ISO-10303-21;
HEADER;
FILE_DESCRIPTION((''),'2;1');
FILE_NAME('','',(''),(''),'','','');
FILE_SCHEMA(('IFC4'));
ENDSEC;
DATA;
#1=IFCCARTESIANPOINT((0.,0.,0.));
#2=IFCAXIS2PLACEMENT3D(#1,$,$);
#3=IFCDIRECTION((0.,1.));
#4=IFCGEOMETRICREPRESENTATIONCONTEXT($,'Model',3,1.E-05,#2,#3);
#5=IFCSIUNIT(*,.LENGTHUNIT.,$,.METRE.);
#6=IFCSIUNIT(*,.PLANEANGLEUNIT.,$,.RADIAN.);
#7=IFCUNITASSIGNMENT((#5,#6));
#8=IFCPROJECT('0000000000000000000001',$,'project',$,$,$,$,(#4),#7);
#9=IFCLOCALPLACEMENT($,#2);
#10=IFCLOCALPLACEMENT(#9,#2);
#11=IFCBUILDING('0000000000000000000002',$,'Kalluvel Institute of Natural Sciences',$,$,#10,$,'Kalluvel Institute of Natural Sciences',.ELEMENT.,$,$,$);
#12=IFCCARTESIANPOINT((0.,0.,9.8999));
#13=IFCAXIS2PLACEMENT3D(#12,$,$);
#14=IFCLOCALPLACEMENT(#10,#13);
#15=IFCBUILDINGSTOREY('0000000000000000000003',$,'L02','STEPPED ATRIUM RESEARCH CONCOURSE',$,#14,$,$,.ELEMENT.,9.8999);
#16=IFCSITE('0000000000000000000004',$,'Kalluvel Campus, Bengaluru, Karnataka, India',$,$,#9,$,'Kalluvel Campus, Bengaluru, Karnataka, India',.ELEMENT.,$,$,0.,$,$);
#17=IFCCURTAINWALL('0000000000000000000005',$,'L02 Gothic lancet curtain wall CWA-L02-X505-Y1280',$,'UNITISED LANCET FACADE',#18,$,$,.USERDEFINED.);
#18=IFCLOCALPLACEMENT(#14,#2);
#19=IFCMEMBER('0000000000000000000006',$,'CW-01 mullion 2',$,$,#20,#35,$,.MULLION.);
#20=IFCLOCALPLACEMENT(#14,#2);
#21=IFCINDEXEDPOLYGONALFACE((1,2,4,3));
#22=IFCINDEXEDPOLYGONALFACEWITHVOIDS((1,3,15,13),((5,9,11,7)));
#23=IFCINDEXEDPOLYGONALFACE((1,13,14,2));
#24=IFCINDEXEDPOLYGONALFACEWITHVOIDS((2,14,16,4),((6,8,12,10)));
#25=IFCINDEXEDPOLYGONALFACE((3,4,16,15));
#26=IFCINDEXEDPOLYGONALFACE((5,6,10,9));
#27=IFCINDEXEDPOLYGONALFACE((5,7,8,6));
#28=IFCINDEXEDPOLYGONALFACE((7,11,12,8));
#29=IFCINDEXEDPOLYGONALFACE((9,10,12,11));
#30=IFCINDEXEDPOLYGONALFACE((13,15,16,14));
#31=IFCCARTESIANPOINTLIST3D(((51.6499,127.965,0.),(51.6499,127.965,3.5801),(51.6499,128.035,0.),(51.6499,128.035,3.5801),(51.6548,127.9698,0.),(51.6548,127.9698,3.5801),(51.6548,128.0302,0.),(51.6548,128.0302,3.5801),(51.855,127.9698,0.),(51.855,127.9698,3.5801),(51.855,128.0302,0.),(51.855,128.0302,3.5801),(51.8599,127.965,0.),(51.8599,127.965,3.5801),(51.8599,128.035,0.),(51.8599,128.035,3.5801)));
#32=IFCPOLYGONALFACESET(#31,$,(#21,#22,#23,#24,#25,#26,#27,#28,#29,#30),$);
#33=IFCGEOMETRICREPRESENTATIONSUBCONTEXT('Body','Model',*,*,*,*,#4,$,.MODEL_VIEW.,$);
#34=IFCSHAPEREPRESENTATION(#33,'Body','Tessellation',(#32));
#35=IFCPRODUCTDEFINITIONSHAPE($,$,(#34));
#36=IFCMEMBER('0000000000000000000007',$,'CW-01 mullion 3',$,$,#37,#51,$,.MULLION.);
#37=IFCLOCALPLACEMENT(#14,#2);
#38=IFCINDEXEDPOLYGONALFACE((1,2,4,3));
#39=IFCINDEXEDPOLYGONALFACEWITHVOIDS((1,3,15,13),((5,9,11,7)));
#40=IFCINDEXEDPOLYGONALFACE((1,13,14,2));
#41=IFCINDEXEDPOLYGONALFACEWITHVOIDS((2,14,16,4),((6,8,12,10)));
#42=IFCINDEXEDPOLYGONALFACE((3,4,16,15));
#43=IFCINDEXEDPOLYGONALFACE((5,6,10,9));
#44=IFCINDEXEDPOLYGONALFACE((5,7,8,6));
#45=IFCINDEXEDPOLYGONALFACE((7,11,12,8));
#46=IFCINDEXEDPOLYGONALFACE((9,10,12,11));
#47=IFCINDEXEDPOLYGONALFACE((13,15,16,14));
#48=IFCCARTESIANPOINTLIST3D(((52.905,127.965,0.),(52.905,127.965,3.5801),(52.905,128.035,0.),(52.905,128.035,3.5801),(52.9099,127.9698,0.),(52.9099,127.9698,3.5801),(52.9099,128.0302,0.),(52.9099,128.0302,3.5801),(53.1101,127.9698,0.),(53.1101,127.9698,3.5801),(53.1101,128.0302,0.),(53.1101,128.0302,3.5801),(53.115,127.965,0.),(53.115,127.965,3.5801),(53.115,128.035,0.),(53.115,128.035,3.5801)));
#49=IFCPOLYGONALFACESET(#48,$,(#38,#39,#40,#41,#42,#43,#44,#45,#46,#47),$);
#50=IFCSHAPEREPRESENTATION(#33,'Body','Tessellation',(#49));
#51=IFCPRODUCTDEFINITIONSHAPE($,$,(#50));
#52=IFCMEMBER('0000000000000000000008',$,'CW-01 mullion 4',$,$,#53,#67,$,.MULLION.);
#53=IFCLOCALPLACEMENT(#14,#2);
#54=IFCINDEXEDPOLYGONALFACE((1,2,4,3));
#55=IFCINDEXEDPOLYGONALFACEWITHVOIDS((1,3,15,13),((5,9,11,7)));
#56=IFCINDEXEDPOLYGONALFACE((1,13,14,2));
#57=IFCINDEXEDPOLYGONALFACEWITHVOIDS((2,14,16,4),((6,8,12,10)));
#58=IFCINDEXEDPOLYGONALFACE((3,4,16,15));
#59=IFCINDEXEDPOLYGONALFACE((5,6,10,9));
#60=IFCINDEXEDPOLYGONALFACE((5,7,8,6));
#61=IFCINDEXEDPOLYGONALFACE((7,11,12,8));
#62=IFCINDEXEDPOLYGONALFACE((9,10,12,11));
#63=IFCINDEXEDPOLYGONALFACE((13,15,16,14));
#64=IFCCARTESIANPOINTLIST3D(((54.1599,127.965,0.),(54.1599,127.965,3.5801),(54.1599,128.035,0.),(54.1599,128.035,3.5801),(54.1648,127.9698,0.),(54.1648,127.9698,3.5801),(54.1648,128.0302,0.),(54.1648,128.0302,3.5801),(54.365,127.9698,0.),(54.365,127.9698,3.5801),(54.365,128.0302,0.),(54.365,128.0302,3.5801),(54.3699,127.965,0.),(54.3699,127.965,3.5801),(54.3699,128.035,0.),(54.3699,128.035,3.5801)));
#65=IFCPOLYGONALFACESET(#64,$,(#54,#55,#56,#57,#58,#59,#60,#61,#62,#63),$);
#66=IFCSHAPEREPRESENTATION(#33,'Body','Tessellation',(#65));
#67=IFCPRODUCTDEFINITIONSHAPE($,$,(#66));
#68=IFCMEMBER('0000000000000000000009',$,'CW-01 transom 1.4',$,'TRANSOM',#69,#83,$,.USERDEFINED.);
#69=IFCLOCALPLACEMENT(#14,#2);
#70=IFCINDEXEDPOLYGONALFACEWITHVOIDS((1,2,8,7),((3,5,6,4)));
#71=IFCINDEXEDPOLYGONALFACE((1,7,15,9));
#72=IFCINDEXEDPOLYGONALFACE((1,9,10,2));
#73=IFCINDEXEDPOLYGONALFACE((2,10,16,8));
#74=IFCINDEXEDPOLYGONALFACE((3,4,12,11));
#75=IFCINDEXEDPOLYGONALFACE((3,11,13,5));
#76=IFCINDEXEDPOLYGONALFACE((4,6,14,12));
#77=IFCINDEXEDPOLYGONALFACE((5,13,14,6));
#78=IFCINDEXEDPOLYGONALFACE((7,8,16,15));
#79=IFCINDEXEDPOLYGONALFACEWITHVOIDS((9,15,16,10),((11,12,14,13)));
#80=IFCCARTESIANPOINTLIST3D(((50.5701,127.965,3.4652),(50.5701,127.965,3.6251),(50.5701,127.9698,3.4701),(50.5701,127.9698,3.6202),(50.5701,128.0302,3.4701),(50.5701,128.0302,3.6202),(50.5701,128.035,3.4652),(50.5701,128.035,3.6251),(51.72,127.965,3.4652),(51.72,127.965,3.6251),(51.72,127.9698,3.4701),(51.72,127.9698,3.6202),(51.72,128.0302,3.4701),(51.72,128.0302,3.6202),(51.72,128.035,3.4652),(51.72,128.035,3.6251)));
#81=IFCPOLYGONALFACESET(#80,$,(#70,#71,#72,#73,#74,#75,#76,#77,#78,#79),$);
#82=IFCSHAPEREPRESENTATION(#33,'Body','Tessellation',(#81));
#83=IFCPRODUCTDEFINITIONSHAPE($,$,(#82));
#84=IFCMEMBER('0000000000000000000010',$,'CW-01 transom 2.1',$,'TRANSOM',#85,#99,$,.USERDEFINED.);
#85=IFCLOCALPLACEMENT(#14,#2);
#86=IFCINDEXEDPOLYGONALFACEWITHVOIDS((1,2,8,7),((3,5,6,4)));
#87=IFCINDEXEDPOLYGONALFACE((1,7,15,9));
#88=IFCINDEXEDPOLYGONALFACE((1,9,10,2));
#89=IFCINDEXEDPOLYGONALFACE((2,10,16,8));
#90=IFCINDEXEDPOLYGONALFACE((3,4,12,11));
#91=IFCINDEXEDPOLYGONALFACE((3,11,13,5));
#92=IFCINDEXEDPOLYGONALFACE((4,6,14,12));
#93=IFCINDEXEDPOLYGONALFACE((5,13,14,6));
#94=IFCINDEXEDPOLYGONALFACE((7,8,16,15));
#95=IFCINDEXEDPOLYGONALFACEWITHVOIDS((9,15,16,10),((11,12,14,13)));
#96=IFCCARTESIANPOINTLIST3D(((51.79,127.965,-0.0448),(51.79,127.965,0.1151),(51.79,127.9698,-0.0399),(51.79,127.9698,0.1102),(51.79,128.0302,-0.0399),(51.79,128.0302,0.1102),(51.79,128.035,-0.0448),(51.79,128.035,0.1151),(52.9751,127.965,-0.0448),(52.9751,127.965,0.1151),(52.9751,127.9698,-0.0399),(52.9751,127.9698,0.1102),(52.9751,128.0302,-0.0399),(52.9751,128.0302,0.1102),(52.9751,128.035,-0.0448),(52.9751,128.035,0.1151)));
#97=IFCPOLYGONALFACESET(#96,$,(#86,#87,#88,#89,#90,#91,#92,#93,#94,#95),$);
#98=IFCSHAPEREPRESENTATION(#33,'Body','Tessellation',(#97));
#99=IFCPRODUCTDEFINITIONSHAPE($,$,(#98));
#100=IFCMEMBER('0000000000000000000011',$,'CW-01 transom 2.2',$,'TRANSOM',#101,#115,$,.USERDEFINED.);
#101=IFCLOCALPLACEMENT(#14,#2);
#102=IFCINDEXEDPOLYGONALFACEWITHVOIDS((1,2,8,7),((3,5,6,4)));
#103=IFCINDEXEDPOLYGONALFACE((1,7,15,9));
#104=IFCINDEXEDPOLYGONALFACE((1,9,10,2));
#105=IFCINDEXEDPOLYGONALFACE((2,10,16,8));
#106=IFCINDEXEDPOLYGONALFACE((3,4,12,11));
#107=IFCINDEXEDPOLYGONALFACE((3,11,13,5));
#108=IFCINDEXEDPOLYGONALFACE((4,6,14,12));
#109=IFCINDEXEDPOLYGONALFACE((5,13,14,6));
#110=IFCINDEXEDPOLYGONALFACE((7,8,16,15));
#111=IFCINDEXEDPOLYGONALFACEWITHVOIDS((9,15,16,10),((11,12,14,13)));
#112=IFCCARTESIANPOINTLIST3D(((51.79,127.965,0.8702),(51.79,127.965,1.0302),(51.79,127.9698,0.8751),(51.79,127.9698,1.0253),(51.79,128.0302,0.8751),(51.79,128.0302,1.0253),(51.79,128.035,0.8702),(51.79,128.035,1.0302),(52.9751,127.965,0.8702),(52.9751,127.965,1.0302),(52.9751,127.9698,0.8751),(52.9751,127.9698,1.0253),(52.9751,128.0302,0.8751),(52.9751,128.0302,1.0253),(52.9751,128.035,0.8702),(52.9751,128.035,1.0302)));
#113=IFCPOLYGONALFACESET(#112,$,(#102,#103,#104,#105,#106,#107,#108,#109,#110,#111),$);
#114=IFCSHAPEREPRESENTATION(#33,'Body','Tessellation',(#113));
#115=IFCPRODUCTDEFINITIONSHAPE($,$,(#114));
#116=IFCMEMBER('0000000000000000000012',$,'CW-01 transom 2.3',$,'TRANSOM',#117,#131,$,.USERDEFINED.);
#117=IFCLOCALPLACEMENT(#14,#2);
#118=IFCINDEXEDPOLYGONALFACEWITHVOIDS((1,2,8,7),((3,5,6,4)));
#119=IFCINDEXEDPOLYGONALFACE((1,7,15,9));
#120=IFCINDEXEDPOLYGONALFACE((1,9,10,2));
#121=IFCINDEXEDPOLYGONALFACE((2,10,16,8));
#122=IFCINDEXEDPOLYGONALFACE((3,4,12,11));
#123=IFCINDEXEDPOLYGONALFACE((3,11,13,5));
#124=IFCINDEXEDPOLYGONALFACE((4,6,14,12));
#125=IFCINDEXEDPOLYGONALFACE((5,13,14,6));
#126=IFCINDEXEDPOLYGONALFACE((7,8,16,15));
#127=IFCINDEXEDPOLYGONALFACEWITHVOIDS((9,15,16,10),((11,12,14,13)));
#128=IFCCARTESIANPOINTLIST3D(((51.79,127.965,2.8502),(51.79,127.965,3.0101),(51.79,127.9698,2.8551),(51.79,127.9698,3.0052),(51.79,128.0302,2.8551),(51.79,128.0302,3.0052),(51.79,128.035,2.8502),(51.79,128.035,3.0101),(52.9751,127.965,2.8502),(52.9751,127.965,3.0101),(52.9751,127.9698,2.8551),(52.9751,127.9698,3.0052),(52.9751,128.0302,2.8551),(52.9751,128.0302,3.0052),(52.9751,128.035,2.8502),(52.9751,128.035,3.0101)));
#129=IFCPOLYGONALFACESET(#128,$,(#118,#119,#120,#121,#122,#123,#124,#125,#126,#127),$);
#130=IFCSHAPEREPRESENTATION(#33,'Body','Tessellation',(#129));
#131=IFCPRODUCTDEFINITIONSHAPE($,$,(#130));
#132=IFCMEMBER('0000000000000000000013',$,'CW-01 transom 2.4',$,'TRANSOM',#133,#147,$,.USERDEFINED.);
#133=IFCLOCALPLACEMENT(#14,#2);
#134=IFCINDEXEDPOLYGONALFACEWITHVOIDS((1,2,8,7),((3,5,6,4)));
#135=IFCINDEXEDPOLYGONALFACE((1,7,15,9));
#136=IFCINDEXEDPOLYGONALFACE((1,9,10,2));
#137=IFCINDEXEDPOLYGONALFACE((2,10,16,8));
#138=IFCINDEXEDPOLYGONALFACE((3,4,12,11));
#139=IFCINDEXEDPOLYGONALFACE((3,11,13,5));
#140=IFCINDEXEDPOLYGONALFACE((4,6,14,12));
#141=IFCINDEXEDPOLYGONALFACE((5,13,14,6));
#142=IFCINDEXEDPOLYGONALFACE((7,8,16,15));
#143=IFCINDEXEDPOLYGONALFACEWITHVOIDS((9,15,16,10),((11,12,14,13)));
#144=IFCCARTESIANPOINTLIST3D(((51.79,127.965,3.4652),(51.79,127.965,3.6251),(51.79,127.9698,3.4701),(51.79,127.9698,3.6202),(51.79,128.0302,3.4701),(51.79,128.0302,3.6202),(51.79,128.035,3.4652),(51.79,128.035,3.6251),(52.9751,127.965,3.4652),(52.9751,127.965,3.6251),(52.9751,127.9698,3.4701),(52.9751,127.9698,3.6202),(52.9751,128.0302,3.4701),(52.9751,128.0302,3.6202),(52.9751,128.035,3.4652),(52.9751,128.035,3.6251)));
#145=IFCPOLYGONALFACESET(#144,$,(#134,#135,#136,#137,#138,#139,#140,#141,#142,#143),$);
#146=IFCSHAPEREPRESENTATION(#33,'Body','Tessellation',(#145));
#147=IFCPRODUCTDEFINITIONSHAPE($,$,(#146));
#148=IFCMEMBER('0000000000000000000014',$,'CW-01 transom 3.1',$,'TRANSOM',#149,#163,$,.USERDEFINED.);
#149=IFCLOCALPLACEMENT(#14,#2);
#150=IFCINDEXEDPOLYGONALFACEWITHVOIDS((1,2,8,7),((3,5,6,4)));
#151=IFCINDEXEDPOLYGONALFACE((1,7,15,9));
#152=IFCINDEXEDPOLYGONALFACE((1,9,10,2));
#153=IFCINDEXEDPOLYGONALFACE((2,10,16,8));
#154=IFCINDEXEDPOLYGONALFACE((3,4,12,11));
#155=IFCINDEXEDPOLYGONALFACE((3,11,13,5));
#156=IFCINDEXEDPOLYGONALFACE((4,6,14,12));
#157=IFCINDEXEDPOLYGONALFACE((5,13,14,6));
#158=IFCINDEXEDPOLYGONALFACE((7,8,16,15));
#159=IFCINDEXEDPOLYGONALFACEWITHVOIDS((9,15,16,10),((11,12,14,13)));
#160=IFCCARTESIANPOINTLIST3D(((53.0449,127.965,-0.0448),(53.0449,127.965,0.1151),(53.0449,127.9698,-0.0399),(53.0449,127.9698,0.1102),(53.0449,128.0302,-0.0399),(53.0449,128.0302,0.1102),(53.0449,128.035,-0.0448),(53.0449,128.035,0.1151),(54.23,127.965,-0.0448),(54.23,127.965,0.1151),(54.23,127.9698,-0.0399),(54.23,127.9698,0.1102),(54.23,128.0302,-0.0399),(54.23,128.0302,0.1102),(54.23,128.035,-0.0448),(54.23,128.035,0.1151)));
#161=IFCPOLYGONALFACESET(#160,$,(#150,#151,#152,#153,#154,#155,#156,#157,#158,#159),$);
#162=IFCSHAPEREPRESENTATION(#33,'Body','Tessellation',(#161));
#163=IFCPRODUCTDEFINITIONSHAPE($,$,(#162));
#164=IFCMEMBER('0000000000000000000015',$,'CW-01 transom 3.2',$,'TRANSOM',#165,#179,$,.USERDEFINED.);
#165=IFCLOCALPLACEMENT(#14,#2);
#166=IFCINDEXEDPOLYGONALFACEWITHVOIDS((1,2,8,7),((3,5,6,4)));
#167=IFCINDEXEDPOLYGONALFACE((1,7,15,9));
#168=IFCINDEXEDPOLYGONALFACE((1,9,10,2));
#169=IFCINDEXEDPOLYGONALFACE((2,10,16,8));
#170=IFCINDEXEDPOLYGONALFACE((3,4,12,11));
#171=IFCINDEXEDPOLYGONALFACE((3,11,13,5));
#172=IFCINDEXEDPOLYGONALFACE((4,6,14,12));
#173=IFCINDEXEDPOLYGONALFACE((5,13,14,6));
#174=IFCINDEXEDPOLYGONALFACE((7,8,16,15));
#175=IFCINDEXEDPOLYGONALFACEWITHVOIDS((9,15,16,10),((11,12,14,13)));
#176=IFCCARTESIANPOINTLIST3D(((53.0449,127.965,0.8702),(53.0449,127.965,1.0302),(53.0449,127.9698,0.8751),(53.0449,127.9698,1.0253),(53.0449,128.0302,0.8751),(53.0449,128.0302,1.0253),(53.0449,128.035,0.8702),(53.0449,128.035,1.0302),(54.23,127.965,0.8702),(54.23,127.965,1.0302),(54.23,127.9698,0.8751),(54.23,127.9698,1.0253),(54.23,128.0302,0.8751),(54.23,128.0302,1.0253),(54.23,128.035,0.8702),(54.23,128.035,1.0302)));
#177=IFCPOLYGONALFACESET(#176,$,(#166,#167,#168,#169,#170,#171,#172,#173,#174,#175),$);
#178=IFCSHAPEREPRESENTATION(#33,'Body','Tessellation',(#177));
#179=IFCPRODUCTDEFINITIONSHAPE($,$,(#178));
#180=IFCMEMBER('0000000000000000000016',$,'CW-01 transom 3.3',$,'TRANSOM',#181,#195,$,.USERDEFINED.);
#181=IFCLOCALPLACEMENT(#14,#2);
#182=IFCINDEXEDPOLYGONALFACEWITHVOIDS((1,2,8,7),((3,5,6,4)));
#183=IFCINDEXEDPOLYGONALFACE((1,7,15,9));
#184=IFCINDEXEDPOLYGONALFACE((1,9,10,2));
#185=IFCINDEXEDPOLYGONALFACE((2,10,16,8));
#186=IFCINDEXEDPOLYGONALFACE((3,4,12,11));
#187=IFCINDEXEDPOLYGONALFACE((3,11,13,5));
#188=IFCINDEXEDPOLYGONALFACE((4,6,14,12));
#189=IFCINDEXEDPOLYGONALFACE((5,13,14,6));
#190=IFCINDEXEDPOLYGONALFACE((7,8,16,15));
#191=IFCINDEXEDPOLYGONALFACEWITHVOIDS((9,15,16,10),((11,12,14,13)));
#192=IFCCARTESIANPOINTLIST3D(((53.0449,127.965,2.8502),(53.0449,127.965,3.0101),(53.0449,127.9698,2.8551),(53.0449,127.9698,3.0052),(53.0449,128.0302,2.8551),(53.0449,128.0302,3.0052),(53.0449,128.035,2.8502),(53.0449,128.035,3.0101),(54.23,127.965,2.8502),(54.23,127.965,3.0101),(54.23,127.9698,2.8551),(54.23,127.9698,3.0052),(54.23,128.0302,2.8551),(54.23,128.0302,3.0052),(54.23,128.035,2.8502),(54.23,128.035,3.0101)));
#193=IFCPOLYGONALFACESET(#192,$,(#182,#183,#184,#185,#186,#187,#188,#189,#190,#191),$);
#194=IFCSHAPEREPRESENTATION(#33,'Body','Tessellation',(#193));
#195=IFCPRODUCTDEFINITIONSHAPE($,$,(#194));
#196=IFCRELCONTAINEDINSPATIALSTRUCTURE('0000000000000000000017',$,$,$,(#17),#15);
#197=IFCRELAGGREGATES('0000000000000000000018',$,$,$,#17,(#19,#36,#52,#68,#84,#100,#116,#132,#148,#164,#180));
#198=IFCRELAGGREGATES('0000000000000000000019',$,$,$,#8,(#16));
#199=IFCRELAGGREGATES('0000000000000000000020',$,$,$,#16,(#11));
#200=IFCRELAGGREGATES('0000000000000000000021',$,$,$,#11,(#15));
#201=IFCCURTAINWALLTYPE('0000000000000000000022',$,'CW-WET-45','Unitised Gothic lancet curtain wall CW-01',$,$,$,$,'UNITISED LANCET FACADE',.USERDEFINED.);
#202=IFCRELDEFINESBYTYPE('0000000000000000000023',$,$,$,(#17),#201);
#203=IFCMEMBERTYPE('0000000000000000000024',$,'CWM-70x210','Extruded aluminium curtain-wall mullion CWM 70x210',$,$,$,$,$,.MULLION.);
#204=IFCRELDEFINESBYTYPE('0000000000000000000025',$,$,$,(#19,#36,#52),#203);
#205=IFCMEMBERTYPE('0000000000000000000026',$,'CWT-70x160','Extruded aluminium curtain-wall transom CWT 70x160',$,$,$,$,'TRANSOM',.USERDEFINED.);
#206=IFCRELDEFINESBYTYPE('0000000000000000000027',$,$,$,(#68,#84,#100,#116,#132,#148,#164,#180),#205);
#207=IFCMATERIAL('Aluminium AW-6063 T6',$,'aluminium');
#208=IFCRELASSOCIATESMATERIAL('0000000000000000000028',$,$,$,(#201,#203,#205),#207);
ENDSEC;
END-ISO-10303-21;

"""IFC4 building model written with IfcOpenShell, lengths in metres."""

from ifc_helpers import new_model, si_unit, direction, frame, origin, origin_2d, place, context, subcontext, project, spatial, hollow_rectangle, extrude, material, material_profile, profile_set, type_object, element, aggregate, save


model = new_model("IFC4")

# Units and contexts
model_context = context("Model", 3, precision=1e-05, world=origin(), true_north=direction((0.0, 1.0)))
body_context = subcontext(model_context, "Body", "Model", "MODEL_VIEW")
ifc_project = project(units=[si_unit("LENGTHUNIT", "METRE"), si_unit("PLANEANGLEUNIT", "RADIAN")], contexts=[model_context])

# Site, building, storey
site_placement = place(None, origin())
site = spatial("IfcSite", under=ifc_project, at=site_placement, Name="Kalluvel Campus, Bengaluru, Karnataka, India", LongName="Kalluvel Campus, Bengaluru, Karnataka, India", CompositionType="ELEMENT", RefElevation=0.0)
building_placement = place(site_placement, origin())
building = spatial("IfcBuilding", under=site, at=building_placement, Name="Kalluvel Institute of Natural Sciences", LongName="Kalluvel Institute of Natural Sciences", CompositionType="ELEMENT")
storey_placement = place(building_placement, frame((0.0, 0.0, 9.8999)))
storey = spatial("IfcBuildingStorey", under=building, at=storey_placement, Name="L02", Description="STEPPED ATRIUM RESEARCH CONCOURSE", CompositionType="ELEMENT", Elevation=9.8999)

# Curtain wall, members
ifc_material_1 = material(Name="Aluminium AW-6063 T6", Category="aluminium")
curtain_wall_type = type_object("IfcCurtainWallType", Name="CW-WET-45", Description="Unitised Gothic lancet curtain wall CW-01", ElementType="UNITISED LANCET FACADE", PredefinedType="USERDEFINED", material=ifc_material_1)
curtain_wall_placement = place(storey_placement, origin())
curtain_wall = element("IfcCurtainWall", 1, at=curtain_wall_placement, inside=storey, type_object=curtain_wall_type, Name="L02 Gothic lancet curtain wall CWA-L02-X505-Y1280", ObjectType="UNITISED LANCET FACADE", PredefinedType="USERDEFINED")
ifc_material_profile_1 = material_profile(ifc_material_1, hollow_rectangle(XDim=0.0701, YDim=0.21, WallThickness=0.0049, at=origin_2d()), Name="CWM 70x210")
ifc_profile_set_1 = profile_set([ifc_material_profile_1], Name="Aluminium AW-6063 T6")
member_type_1 = type_object("IfcMemberType", Name="CWM-70x210", Description="Extruded aluminium curtain-wall mullion CWM 70x210", PredefinedType="MULLION", material=ifc_profile_set_1)
member_1_placement = place(storey_placement, frame((51.7549, 128.0, 0.0), z_axis=(0.0, 0.0, 1.0), x_axis=(0.0, 1.0, 0.0)))
member_1 = element("IfcMember", 2, at=member_1_placement, type_object=member_type_1, Name="CW-01 mullion 2", PredefinedType="MULLION", context=body_context, shape_type="SweptSolid", body=[
    extrude(hollow_rectangle(XDim=0.0701, YDim=0.21, WallThickness=0.0049, at=origin_2d()), origin(), (0.0, 0.0, 1.0), 3.5801),
])
member_2_placement = place(storey_placement, frame((53.01, 128.0, 0.0), z_axis=(0.0, 0.0, 1.0), x_axis=(0.0, 1.0, 0.0)))
member_2 = element("IfcMember", 3, at=member_2_placement, type_object=member_type_1, Name="CW-01 mullion 3", PredefinedType="MULLION", context=body_context, shape_type="SweptSolid", body=[
    extrude(hollow_rectangle(XDim=0.0701, YDim=0.21, WallThickness=0.0049, at=origin_2d()), origin(), (0.0, 0.0, 1.0), 3.5801),
])
member_3_placement = place(storey_placement, frame((54.2649, 128.0, 0.0), z_axis=(0.0, 0.0, 1.0), x_axis=(0.0, 1.0, 0.0)))
member_3 = element("IfcMember", 4, at=member_3_placement, type_object=member_type_1, Name="CW-01 mullion 4", PredefinedType="MULLION", context=body_context, shape_type="SweptSolid", body=[
    extrude(hollow_rectangle(XDim=0.0701, YDim=0.21, WallThickness=0.0049, at=origin_2d()), origin(), (0.0, 0.0, 1.0), 3.5801),
])
ifc_material_profile_2 = material_profile(ifc_material_1, hollow_rectangle(XDim=0.0701, YDim=0.1599, WallThickness=0.0049, at=origin_2d()), Name="CWT 70x160")
ifc_profile_set_2 = profile_set([ifc_material_profile_2], Name="Aluminium AW-6063 T6")
member_type_2 = type_object("IfcMemberType", Name="CWT-70x160", Description="Extruded aluminium curtain-wall transom CWT 70x160", ElementType="TRANSOM", PredefinedType="USERDEFINED", material=ifc_profile_set_2)
member_4_placement = place(storey_placement, frame((50.5701, 128.0, 3.5452), z_axis=(1.0, 0.0, 0.0), x_axis=(0.0, 1.0, 0.0)))
member_4 = element("IfcMember", 5, at=member_4_placement, type_object=member_type_2, Name="CW-01 transom 1.4", ObjectType="TRANSOM", PredefinedType="USERDEFINED", context=body_context, shape_type="SweptSolid", body=[
    extrude(hollow_rectangle(XDim=0.0701, YDim=0.1599, WallThickness=0.0049, at=origin_2d()), origin(), (0.0, 0.0, 1.0), 1.1499),
])
member_5_placement = place(storey_placement, frame((51.79, 128.0, 0.0352), z_axis=(1.0, 0.0, 0.0), x_axis=(0.0, 1.0, 0.0)))
member_5 = element("IfcMember", 6, at=member_5_placement, type_object=member_type_2, Name="CW-01 transom 2.1", ObjectType="TRANSOM", PredefinedType="USERDEFINED", context=body_context, shape_type="SweptSolid", body=[
    extrude(hollow_rectangle(XDim=0.0701, YDim=0.1599, WallThickness=0.0049, at=origin_2d()), origin(), (0.0, 0.0, 1.0), 1.1851),
])
member_6_placement = place(storey_placement, frame((51.79, 128.0, 0.9502), z_axis=(1.0, 0.0, 0.0), x_axis=(0.0, 1.0, 0.0)))
member_6 = element("IfcMember", 7, at=member_6_placement, type_object=member_type_2, Name="CW-01 transom 2.2", ObjectType="TRANSOM", PredefinedType="USERDEFINED", context=body_context, shape_type="SweptSolid", body=[
    extrude(hollow_rectangle(XDim=0.0701, YDim=0.1599, WallThickness=0.0049, at=origin_2d()), origin(), (0.0, 0.0, 1.0), 1.1851),
])
member_7_placement = place(storey_placement, frame((51.79, 128.0, 2.9302), z_axis=(1.0, 0.0, 0.0), x_axis=(0.0, 1.0, 0.0)))
member_7 = element("IfcMember", 8, at=member_7_placement, type_object=member_type_2, Name="CW-01 transom 2.3", ObjectType="TRANSOM", PredefinedType="USERDEFINED", context=body_context, shape_type="SweptSolid", body=[
    extrude(hollow_rectangle(XDim=0.0701, YDim=0.1599, WallThickness=0.0049, at=origin_2d()), origin(), (0.0, 0.0, 1.0), 1.1851),
])
member_8_placement = place(storey_placement, frame((51.79, 128.0, 3.5452), z_axis=(1.0, 0.0, 0.0), x_axis=(0.0, 1.0, 0.0)))
member_8 = element("IfcMember", 9, at=member_8_placement, type_object=member_type_2, Name="CW-01 transom 2.4", ObjectType="TRANSOM", PredefinedType="USERDEFINED", context=body_context, shape_type="SweptSolid", body=[
    extrude(hollow_rectangle(XDim=0.0701, YDim=0.1599, WallThickness=0.0049, at=origin_2d()), origin(), (0.0, 0.0, 1.0), 1.1851),
])
member_9_placement = place(storey_placement, frame((53.0449, 128.0, 0.0352), z_axis=(1.0, 0.0, 0.0), x_axis=(0.0, 1.0, 0.0)))
member_9 = element("IfcMember", 10, at=member_9_placement, type_object=member_type_2, Name="CW-01 transom 3.1", ObjectType="TRANSOM", PredefinedType="USERDEFINED", context=body_context, shape_type="SweptSolid", body=[
    extrude(hollow_rectangle(XDim=0.0701, YDim=0.1599, WallThickness=0.0049, at=origin_2d()), origin(), (0.0, 0.0, 1.0), 1.1851),
])
member_10_placement = place(storey_placement, frame((53.0449, 128.0, 0.9502), z_axis=(1.0, 0.0, 0.0), x_axis=(0.0, 1.0, 0.0)))
member_10 = element("IfcMember", 11, at=member_10_placement, type_object=member_type_2, Name="CW-01 transom 3.2", ObjectType="TRANSOM", PredefinedType="USERDEFINED", context=body_context, shape_type="SweptSolid", body=[
    extrude(hollow_rectangle(XDim=0.0701, YDim=0.1599, WallThickness=0.0049, at=origin_2d()), origin(), (0.0, 0.0, 1.0), 1.1851),
])
member_11_placement = place(storey_placement, frame((53.0449, 128.0, 2.9302), z_axis=(1.0, 0.0, 0.0), x_axis=(0.0, 1.0, 0.0)))
member_11 = element("IfcMember", 12, at=member_11_placement, type_object=member_type_2, Name="CW-01 transom 3.3", ObjectType="TRANSOM", PredefinedType="USERDEFINED", context=body_context, shape_type="SweptSolid", body=[
    extrude(hollow_rectangle(XDim=0.0701, YDim=0.1599, WallThickness=0.0049, at=origin_2d()), origin(), (0.0, 0.0, 1.0), 1.1851),
])
aggregate(curtain_wall, [member_1, member_2, member_3, member_4, member_5, member_6, member_7, member_8, member_9, member_10, member_11])

save(model, "model.ifc")
